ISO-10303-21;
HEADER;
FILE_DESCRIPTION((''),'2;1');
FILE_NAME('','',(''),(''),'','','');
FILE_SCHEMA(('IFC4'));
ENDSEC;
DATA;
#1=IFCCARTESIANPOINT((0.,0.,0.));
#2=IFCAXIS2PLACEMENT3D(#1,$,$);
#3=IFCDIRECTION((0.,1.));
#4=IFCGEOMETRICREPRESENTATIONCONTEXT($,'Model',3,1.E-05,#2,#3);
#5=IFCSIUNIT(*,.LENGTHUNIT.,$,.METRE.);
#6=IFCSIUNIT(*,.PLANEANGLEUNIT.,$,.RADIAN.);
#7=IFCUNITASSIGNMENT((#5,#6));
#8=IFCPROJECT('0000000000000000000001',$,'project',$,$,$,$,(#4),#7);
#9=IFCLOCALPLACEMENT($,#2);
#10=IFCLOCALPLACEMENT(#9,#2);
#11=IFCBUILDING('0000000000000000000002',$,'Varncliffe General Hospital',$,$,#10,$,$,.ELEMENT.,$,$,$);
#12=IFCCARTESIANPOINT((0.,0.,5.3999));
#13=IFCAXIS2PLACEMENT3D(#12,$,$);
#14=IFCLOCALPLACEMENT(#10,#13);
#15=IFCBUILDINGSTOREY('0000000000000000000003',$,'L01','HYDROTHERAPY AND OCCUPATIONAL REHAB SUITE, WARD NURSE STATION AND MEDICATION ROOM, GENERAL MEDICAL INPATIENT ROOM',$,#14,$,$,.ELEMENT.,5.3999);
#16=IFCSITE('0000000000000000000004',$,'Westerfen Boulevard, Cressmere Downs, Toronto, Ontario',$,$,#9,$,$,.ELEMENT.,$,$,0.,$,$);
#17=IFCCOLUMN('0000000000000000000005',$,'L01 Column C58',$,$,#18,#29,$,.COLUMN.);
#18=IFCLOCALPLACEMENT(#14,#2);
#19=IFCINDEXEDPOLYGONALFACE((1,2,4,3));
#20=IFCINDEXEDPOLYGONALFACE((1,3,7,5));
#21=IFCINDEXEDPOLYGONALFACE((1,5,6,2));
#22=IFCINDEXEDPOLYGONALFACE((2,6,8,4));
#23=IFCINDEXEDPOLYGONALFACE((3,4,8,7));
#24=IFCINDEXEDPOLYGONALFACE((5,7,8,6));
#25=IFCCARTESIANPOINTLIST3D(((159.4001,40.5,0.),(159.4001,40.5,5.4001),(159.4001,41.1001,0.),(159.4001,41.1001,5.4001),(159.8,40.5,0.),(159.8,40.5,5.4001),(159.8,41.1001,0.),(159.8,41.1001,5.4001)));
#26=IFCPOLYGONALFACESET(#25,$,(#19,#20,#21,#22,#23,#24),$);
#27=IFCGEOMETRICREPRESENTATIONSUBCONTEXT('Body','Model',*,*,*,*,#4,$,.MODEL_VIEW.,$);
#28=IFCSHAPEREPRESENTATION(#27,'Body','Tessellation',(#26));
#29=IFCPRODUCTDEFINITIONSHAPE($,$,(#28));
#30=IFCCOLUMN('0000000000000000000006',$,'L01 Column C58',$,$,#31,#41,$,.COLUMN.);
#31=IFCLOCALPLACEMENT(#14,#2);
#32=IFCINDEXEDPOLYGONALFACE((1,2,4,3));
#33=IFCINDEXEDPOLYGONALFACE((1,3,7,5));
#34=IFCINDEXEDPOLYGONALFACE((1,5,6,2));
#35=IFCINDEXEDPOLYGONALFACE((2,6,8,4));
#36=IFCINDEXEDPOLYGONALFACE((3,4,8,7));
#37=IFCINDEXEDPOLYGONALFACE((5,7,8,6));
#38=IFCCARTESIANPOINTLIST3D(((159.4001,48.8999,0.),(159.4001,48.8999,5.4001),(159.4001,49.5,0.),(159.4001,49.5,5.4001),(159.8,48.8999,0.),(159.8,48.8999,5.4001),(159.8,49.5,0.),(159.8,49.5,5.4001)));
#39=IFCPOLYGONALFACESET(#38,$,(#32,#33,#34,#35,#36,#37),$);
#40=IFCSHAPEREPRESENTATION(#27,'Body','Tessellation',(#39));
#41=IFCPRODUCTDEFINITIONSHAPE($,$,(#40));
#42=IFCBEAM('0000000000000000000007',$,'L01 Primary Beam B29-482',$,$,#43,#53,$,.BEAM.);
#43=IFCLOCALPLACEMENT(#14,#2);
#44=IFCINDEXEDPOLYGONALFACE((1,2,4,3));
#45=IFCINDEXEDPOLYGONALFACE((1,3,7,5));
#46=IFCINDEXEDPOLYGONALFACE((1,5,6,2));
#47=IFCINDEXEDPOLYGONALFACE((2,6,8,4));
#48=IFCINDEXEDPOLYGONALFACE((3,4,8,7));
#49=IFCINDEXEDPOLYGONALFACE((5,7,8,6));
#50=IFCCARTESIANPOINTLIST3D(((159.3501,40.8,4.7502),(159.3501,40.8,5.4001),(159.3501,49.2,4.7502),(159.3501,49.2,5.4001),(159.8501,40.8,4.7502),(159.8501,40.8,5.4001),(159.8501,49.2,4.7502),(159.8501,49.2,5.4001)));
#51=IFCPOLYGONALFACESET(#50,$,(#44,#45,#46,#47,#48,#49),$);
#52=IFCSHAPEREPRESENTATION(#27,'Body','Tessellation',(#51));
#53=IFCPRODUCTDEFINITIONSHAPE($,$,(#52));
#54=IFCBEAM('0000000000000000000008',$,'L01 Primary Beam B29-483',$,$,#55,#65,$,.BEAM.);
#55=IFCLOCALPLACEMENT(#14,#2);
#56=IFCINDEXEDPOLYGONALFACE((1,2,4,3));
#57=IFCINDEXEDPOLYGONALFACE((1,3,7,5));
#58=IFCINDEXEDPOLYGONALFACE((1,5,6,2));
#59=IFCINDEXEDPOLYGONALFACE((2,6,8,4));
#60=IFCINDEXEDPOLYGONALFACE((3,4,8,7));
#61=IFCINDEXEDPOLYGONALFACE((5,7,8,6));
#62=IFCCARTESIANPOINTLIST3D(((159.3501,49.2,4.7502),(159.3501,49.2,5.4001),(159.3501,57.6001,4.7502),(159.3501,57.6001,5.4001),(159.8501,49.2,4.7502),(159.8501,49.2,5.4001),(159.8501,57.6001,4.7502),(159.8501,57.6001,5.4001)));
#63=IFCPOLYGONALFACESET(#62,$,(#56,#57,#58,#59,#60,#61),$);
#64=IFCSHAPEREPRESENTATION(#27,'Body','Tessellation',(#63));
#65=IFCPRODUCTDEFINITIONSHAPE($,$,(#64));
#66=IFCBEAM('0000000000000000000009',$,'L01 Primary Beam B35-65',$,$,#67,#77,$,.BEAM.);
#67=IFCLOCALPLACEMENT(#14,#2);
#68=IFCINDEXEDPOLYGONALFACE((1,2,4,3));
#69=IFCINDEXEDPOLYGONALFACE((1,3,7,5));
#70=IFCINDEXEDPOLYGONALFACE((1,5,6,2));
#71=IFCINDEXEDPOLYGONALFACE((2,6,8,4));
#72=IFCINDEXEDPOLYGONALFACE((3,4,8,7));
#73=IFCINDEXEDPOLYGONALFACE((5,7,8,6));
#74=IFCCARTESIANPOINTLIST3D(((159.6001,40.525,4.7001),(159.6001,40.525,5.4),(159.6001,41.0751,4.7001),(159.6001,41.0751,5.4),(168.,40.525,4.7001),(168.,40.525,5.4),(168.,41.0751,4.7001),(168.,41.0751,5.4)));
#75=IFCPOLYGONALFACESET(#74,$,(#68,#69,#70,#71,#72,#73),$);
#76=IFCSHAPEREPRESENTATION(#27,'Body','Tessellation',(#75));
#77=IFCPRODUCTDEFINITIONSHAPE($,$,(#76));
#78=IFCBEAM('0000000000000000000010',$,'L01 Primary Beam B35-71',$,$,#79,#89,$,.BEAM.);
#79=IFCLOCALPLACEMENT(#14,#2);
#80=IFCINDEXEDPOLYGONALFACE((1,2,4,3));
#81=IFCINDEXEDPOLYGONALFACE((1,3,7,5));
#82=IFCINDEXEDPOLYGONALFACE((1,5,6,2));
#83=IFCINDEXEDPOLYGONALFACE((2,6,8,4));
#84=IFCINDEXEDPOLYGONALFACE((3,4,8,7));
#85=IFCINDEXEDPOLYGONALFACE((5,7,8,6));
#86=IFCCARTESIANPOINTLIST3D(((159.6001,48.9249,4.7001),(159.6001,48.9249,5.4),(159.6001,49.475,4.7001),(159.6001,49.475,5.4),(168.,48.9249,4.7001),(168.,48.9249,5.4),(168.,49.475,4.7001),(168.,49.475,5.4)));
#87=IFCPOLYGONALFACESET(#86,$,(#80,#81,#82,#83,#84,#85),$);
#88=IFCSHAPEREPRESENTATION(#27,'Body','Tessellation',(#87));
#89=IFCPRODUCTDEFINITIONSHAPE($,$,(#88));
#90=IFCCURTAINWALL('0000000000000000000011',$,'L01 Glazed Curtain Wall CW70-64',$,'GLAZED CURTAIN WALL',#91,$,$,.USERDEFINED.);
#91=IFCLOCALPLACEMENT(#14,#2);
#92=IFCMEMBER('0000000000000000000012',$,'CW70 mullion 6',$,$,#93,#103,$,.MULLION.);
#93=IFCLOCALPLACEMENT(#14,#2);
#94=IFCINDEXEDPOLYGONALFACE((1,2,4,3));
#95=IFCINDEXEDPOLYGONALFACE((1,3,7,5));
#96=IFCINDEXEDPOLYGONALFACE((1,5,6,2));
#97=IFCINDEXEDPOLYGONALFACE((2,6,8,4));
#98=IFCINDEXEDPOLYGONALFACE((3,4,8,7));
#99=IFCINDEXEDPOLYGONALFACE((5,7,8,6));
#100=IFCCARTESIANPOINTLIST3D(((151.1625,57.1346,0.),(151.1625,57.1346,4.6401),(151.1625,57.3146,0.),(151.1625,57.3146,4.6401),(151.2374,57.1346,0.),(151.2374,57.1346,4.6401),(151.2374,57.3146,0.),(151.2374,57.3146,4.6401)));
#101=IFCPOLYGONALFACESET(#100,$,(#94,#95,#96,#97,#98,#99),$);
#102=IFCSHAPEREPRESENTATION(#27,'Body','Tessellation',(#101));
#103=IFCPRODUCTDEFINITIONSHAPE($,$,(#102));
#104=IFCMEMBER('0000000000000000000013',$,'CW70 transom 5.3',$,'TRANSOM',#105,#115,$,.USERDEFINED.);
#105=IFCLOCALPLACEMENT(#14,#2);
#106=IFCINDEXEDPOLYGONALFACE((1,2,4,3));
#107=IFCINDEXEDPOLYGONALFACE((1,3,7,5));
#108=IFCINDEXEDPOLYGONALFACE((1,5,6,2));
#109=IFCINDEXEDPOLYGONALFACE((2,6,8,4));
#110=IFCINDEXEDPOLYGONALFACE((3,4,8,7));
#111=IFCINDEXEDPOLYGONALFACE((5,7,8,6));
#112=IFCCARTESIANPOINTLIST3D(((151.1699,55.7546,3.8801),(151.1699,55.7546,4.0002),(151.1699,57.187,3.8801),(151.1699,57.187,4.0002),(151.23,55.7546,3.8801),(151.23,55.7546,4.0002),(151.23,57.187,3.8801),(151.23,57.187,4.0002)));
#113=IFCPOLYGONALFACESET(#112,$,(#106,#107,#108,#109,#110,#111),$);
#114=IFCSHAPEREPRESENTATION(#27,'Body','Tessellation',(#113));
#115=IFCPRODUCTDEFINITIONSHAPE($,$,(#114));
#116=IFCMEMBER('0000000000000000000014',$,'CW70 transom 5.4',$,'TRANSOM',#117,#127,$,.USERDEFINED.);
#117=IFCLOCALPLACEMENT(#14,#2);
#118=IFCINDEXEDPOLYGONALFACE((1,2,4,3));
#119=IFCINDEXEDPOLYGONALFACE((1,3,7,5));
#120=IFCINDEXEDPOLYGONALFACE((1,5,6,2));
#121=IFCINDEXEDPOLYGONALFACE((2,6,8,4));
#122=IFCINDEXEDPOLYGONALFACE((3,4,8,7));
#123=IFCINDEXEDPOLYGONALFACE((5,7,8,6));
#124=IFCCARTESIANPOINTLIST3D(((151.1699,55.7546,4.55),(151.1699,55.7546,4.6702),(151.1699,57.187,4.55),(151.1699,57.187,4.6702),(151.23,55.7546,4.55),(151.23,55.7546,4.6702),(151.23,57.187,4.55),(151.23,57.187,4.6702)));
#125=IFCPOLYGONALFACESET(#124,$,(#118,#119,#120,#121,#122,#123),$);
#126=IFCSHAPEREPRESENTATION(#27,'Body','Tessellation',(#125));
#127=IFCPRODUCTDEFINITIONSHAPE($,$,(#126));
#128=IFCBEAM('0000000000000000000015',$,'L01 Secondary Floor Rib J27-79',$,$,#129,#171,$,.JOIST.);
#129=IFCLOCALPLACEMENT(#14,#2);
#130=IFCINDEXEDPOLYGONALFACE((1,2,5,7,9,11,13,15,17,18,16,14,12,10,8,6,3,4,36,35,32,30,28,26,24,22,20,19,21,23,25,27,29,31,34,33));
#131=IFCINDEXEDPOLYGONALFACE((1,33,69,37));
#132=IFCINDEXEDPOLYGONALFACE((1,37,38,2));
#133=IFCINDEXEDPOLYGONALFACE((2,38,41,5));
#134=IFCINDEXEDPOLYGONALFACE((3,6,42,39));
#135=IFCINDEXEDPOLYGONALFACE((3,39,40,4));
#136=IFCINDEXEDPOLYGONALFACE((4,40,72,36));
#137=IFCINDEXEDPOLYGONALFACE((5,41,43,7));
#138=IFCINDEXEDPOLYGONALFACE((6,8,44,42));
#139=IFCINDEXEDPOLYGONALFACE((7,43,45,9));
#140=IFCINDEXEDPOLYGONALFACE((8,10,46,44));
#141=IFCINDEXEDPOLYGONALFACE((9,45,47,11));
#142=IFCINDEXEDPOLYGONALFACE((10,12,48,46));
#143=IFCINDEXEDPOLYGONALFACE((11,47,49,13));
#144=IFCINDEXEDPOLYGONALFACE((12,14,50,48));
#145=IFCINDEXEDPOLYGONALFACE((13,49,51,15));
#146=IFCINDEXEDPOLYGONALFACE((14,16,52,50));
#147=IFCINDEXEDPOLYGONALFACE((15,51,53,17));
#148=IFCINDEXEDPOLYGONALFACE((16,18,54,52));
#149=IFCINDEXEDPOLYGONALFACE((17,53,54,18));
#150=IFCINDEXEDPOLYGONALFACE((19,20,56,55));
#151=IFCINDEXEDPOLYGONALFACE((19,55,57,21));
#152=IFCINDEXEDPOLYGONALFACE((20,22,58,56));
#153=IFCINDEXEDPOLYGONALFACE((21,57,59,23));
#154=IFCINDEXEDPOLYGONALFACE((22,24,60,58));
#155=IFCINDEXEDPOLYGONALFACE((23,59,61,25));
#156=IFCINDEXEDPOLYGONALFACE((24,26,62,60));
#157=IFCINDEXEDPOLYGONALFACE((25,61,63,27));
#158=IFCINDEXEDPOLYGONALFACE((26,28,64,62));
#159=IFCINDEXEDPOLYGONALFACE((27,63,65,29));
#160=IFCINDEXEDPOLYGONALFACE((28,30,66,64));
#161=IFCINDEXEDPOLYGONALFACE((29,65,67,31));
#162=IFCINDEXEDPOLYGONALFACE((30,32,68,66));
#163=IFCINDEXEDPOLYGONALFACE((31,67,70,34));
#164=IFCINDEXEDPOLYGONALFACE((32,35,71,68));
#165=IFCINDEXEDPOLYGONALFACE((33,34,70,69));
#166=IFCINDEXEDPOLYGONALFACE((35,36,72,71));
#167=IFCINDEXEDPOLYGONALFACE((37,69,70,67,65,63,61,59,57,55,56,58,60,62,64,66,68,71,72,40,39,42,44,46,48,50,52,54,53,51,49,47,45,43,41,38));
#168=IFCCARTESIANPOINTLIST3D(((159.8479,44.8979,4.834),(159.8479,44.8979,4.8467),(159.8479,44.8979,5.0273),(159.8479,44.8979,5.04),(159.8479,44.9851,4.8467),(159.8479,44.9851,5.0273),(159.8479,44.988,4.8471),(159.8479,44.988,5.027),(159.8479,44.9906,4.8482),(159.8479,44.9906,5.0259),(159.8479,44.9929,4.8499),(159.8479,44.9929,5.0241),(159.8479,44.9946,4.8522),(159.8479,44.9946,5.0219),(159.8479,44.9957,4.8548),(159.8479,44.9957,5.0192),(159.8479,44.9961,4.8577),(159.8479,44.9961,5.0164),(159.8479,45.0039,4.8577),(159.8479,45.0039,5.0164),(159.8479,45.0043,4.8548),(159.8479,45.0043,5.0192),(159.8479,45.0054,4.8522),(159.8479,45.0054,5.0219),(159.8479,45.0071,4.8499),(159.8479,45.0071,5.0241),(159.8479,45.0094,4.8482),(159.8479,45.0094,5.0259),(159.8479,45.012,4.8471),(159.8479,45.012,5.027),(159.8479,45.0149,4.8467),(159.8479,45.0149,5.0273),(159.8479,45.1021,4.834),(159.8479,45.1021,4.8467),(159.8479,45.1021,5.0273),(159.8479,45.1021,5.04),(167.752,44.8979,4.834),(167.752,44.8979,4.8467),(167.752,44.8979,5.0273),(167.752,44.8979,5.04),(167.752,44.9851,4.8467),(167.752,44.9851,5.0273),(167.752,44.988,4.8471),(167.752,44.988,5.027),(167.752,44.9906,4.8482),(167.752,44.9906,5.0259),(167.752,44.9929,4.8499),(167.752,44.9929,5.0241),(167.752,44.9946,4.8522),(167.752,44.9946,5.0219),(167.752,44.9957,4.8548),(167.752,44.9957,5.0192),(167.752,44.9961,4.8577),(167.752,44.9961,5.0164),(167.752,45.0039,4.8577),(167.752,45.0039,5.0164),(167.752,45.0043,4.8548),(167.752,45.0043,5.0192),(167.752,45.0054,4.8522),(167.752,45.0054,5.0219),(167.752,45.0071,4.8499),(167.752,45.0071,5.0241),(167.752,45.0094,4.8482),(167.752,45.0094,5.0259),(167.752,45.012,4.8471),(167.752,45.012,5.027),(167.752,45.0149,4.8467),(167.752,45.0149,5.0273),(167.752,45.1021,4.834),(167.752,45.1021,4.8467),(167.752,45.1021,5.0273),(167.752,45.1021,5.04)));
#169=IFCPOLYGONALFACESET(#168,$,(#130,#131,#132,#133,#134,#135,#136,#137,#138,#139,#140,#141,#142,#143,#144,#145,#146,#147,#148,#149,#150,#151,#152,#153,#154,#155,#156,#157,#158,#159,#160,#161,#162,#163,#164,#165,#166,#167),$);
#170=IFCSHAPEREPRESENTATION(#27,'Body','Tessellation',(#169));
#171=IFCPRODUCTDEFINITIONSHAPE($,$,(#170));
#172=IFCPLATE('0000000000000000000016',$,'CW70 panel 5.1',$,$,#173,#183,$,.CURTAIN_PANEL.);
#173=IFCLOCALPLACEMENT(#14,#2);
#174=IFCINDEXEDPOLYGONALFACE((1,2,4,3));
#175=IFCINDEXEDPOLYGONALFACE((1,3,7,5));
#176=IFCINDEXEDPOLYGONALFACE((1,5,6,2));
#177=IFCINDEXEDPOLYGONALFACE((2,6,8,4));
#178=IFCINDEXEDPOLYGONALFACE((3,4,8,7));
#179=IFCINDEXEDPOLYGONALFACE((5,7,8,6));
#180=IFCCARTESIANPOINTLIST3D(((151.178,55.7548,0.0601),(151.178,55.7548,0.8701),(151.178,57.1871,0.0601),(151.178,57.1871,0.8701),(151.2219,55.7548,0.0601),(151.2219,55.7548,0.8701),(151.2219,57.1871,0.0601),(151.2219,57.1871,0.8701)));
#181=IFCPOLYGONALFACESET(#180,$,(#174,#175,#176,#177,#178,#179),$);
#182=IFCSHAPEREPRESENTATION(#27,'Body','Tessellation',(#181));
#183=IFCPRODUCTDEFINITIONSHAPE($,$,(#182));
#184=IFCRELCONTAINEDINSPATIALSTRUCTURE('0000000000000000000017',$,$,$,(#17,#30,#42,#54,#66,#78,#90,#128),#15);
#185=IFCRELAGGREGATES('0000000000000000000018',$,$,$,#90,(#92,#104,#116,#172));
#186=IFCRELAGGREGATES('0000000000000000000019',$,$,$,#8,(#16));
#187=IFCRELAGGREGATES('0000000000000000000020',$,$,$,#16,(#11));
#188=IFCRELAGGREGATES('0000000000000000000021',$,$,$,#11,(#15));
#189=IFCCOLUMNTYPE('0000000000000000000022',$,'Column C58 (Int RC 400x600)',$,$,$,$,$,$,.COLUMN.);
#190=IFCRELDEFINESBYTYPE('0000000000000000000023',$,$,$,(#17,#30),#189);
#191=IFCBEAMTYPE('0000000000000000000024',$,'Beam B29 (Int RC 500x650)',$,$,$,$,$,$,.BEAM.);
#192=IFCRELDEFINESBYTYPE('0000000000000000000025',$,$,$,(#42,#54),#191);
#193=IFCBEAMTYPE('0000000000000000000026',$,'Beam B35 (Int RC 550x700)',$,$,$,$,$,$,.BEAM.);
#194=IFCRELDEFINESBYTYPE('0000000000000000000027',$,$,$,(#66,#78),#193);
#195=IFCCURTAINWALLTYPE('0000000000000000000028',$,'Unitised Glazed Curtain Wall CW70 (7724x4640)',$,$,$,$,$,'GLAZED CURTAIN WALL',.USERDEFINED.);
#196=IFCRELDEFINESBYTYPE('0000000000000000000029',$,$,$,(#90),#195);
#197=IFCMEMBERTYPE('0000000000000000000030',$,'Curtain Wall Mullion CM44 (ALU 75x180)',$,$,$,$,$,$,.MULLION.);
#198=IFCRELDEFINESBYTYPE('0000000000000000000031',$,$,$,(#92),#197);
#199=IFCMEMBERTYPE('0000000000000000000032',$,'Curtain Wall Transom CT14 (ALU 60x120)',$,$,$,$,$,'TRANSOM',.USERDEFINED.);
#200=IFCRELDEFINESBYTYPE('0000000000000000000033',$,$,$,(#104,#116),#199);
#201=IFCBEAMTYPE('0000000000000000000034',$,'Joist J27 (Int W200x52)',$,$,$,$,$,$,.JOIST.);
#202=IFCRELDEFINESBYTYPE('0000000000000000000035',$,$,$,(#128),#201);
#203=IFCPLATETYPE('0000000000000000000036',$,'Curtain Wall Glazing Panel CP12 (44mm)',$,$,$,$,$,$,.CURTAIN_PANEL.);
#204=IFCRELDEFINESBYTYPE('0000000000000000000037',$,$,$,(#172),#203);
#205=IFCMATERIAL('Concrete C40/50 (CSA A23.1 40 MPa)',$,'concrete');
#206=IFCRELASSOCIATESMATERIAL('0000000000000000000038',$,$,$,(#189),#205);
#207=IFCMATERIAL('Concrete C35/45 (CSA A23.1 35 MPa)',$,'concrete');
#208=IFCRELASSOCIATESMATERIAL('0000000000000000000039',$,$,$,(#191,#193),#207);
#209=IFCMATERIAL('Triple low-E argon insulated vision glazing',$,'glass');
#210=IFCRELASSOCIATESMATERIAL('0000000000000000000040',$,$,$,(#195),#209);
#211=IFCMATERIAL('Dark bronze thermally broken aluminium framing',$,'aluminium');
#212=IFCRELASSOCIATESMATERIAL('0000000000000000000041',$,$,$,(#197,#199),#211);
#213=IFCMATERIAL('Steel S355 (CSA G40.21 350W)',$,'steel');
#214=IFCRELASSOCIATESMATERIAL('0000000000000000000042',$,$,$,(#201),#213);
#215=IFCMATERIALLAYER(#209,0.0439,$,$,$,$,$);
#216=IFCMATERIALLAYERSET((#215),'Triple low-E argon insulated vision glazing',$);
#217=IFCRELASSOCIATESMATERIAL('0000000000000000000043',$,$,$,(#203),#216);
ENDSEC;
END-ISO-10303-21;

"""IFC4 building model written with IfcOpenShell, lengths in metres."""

from ifc_helpers import new_model, si_unit, direction, frame, origin, origin_2d, place, context, subcontext, project, spatial, rectangle, i_section, extrude, material, layer, layer_set, material_profile, profile_set, type_object, element, aggregate, save


model = new_model("IFC4")

# Units and contexts
model_context = context("Model", 3, precision=1e-05, world=origin(), true_north=direction((0.0, 1.0)))
body_context = subcontext(model_context, "Body", "Model", "MODEL_VIEW")
ifc_project = project(units=[si_unit("LENGTHUNIT", "METRE"), si_unit("PLANEANGLEUNIT", "RADIAN")], contexts=[model_context])

# Site, building, storey
site_placement = place(None, origin())
site = spatial("IfcSite", under=ifc_project, at=site_placement, Name="Westerfen Boulevard, Cressmere Downs, Toronto, Ontario", CompositionType="ELEMENT", RefElevation=0.0)
building_placement = place(site_placement, origin())
building = spatial("IfcBuilding", under=site, at=building_placement, Name="Varncliffe General Hospital", CompositionType="ELEMENT")
storey_placement = place(building_placement, frame((0.0, 0.0, 5.3999)))
storey = spatial("IfcBuildingStorey", under=building, at=storey_placement, Name="L01", Description="HYDROTHERAPY AND OCCUPATIONAL REHAB SUITE, WARD NURSE STATION AND MEDICATION ROOM, GENERAL MEDICAL INPATIENT ROOM", CompositionType="ELEMENT", Elevation=5.3999)

# Columns
ifc_material_1 = material(Name="Concrete C40/50 (CSA A23.1 40 MPa)", Category="concrete")
ifc_material_profile_1 = material_profile(ifc_material_1, rectangle(XDim=0.3999, YDim=0.6001, at=origin_2d()), Name="RC 400x600")
ifc_profile_set_1 = profile_set([ifc_material_profile_1], Name="Concrete C40/50 (CSA A23.1 40 MPa)")
column_type = type_object("IfcColumnType", Name="Column C58 (Int RC 400x600)", PredefinedType="COLUMN", material=ifc_profile_set_1)
for number, where, z_axis, x_axis, name in (
    (1, (159.6001, 40.8, 0.0), (0.0, 0.0, 1.0), (1.0, 0.0, 0.0), "L01 Column C58"),
    (2, (159.6001, 49.2, 0.0), (0.0, 0.0, 1.0), (1.0, 0.0, 0.0), "L01 Column C58"),
):
    element("IfcColumn", number, at=place(storey_placement, frame(where, z_axis=z_axis, x_axis=x_axis)), inside=storey, type_object=column_type, Name=name, PredefinedType="COLUMN", context=body_context, shape_type="SweptSolid", body=[
        extrude(rectangle(XDim=0.3999, YDim=0.6001, at=origin_2d()), origin(), (0.0, 0.0, 1.0), 5.4001),
    ])

# Beams
ifc_material_2 = material(Name="Concrete C35/45 (CSA A23.1 35 MPa)", Category="concrete")
ifc_material_profile_2 = material_profile(ifc_material_2, rectangle(XDim=0.5, YDim=0.6499, at=origin_2d()), Name="RC 500x650")
ifc_profile_set_2 = profile_set([ifc_material_profile_2], Name="Concrete C35/45 (CSA A23.1 35 MPa)")
beam_type_1 = type_object("IfcBeamType", Name="Beam B29 (Int RC 500x650)", PredefinedType="BEAM", material=ifc_profile_set_2)
beam_1_placement = place(storey_placement, frame((159.6001, 40.8, 5.0752), z_axis=(0.0, 1.0, 0.0), x_axis=(-1.0, 0.0, 0.0)))
element("IfcBeam", 3, at=beam_1_placement, inside=storey, type_object=beam_type_1, Name="L01 Primary Beam B29-482", PredefinedType="BEAM", context=body_context, shape_type="SweptSolid", body=[
    extrude(rectangle(XDim=0.5, YDim=0.6499, at=origin_2d()), origin(), (0.0, 0.0, 1.0), 8.3999),
])
beam_2_placement = place(storey_placement, frame((159.6001, 49.2, 5.0752), z_axis=(0.0, 1.0, 0.0), x_axis=(-1.0, 0.0, 0.0)))
element("IfcBeam", 4, at=beam_2_placement, inside=storey, type_object=beam_type_1, Name="L01 Primary Beam B29-483", PredefinedType="BEAM", context=body_context, shape_type="SweptSolid", body=[
    extrude(rectangle(XDim=0.5, YDim=0.6499, at=origin_2d()), origin(), (0.0, 0.0, 1.0), 8.4001),
])
ifc_material_profile_3 = material_profile(ifc_material_2, rectangle(XDim=0.55, YDim=0.7, at=origin_2d()), Name="RC 550x700")
ifc_profile_set_3 = profile_set([ifc_material_profile_3], Name="Concrete C35/45 (CSA A23.1 35 MPa)")
beam_type_2 = type_object("IfcBeamType", Name="Beam B35 (Int RC 550x700)", PredefinedType="BEAM", material=ifc_profile_set_3)
for number, where, z_axis, x_axis, name in (
    (5, (159.6001, 40.8, 5.05), (1.0, 0.0, 0.0), (0.0, 1.0, 0.0), "L01 Primary Beam B35-65"),
    (6, (159.6001, 49.2, 5.05), (1.0, 0.0, 0.0), (0.0, 1.0, 0.0), "L01 Primary Beam B35-71"),
):
    element("IfcBeam", number, at=place(storey_placement, frame(where, z_axis=z_axis, x_axis=x_axis)), inside=storey, type_object=beam_type_2, Name=name, PredefinedType="BEAM", context=body_context, shape_type="SweptSolid", body=[
        extrude(rectangle(XDim=0.55, YDim=0.7, at=origin_2d()), origin(), (0.0, 0.0, 1.0), 8.3999),
    ])

# Curtain wall, members
ifc_material_3 = material(Name="Triple low-E argon insulated vision glazing", Category="glass")
curtain_wall_type = type_object("IfcCurtainWallType", Name="Unitised Glazed Curtain Wall CW70 (7724x4640)", ElementType="GLAZED CURTAIN WALL", PredefinedType="USERDEFINED", material=ifc_material_3)
curtain_wall_placement = place(storey_placement, origin())
curtain_wall = element("IfcCurtainWall", 7, at=curtain_wall_placement, inside=storey, type_object=curtain_wall_type, Name="L01 Glazed Curtain Wall CW70-64", ObjectType="GLAZED CURTAIN WALL", PredefinedType="USERDEFINED")
ifc_material_4 = material(Name="Dark bronze thermally broken aluminium framing", Category="aluminium")
ifc_material_profile_4 = material_profile(ifc_material_4, rectangle(XDim=0.075, YDim=0.1799, at=origin_2d()), Name="ALU 75x180")
ifc_profile_set_4 = profile_set([ifc_material_profile_4], Name="Dark bronze thermally broken aluminium framing")
member_type_1 = type_object("IfcMemberType", Name="Curtain Wall Mullion CM44 (ALU 75x180)", PredefinedType="MULLION", material=ifc_profile_set_4)
member_1_placement = place(storey_placement, frame((151.2, 57.2246, 0.0), z_axis=(0.0, 0.0, 1.0), x_axis=(-1.0, 0.0, 0.0)))
member_1 = element("IfcMember", 8, at=member_1_placement, type_object=member_type_1, Name="CW70 mullion 6", PredefinedType="MULLION", context=body_context, shape_type="SweptSolid", body=[
    extrude(rectangle(XDim=0.075, YDim=0.1799, at=origin_2d()), origin(), (0.0, 0.0, 1.0), 4.6401),
])
ifc_material_profile_5 = material_profile(ifc_material_4, rectangle(XDim=0.0601, YDim=0.1201, at=origin_2d()), Name="ALU 60x120")
ifc_profile_set_5 = profile_set([ifc_material_profile_5], Name="Dark bronze thermally broken aluminium framing")
member_type_2 = type_object("IfcMemberType", Name="Curtain Wall Transom CT14 (ALU 60x120)", ElementType="TRANSOM", PredefinedType="USERDEFINED", material=ifc_profile_set_5)
member_2_placement = place(storey_placement, frame((151.2, 55.7546, 3.9402), z_axis=(0.0, 1.0, 0.0), x_axis=(-1.0, 0.0, 0.0)))
member_2 = element("IfcMember", 9, at=member_2_placement, type_object=member_type_2, Name="CW70 transom 5.3", ObjectType="TRANSOM", PredefinedType="USERDEFINED", context=body_context, shape_type="SweptSolid", body=[
    extrude(rectangle(XDim=0.0601, YDim=0.1201, at=origin_2d()), origin(), (0.0, 0.0, 1.0), 1.4324),
])
member_3_placement = place(storey_placement, frame((151.2, 55.7546, 4.6101), z_axis=(0.0, 1.0, 0.0), x_axis=(-1.0, 0.0, 0.0)))
member_3 = element("IfcMember", 10, at=member_3_placement, type_object=member_type_2, Name="CW70 transom 5.4", ObjectType="TRANSOM", PredefinedType="USERDEFINED", context=body_context, shape_type="SweptSolid", body=[
    extrude(rectangle(XDim=0.0601, YDim=0.1201, at=origin_2d()), origin(), (0.0, 0.0, 1.0), 1.4324),
])

# Beam
ifc_material_5 = material(Name="Steel S355 (CSA G40.21 350W)", Category="steel")
ifc_material_profile_6 = material_profile(ifc_material_5, i_section(OverallWidth=0.2041, OverallDepth=0.2061, WebThickness=0.0078, FlangeThickness=0.0127, FilletRadius=0.011, at=origin_2d()), Name="W200x52")
ifc_profile_set_6 = profile_set([ifc_material_profile_6], Name="Steel S355 (CSA G40.21 350W)")
beam_type_3 = type_object("IfcBeamType", Name="Joist J27 (Int W200x52)", PredefinedType="JOIST", material=ifc_profile_set_6)
beam_3_placement = place(storey_placement, frame((159.8479, 45.0, 4.937), z_axis=(1.0, 0.0, 0.0), x_axis=(0.0, 1.0, 0.0)))
element("IfcBeam", 11, at=beam_3_placement, inside=storey, type_object=beam_type_3, Name="L01 Secondary Floor Rib J27-79", PredefinedType="JOIST", context=body_context, shape_type="SweptSolid", body=[
    extrude(i_section(OverallWidth=0.2041, OverallDepth=0.2061, WebThickness=0.0078, FlangeThickness=0.0127, FilletRadius=0.011, at=origin_2d()), origin(), (0.0, 0.0, 1.0), 7.9041),
])

# Plate
ifc_layer_1 = layer(ifc_material_3, 0.0439)
ifc_layer_set_1 = layer_set([ifc_layer_1], Name="Triple low-E argon insulated vision glazing")
plate_type = type_object("IfcPlateType", Name="Curtain Wall Glazing Panel CP12 (44mm)", PredefinedType="CURTAIN_PANEL", material=ifc_layer_set_1)
plate_1_placement = place(storey_placement, frame((151.2, 56.4709, 0.0601), z_axis=(0.0, 0.0, 1.0), x_axis=(0.0, 1.0, 0.0)))
plate_1 = element("IfcPlate", 12, at=plate_1_placement, type_object=plate_type, Name="CW70 panel 5.1", PredefinedType="CURTAIN_PANEL", context=body_context, shape_type="SweptSolid", body=[
    extrude(rectangle(XDim=1.4324, YDim=0.0439, at=origin_2d()), origin(), (0.0, 0.0, 1.0), 0.8101),
])
aggregate(curtain_wall, [member_1, member_2, member_3, plate_1])

save(model, "model.ifc")
